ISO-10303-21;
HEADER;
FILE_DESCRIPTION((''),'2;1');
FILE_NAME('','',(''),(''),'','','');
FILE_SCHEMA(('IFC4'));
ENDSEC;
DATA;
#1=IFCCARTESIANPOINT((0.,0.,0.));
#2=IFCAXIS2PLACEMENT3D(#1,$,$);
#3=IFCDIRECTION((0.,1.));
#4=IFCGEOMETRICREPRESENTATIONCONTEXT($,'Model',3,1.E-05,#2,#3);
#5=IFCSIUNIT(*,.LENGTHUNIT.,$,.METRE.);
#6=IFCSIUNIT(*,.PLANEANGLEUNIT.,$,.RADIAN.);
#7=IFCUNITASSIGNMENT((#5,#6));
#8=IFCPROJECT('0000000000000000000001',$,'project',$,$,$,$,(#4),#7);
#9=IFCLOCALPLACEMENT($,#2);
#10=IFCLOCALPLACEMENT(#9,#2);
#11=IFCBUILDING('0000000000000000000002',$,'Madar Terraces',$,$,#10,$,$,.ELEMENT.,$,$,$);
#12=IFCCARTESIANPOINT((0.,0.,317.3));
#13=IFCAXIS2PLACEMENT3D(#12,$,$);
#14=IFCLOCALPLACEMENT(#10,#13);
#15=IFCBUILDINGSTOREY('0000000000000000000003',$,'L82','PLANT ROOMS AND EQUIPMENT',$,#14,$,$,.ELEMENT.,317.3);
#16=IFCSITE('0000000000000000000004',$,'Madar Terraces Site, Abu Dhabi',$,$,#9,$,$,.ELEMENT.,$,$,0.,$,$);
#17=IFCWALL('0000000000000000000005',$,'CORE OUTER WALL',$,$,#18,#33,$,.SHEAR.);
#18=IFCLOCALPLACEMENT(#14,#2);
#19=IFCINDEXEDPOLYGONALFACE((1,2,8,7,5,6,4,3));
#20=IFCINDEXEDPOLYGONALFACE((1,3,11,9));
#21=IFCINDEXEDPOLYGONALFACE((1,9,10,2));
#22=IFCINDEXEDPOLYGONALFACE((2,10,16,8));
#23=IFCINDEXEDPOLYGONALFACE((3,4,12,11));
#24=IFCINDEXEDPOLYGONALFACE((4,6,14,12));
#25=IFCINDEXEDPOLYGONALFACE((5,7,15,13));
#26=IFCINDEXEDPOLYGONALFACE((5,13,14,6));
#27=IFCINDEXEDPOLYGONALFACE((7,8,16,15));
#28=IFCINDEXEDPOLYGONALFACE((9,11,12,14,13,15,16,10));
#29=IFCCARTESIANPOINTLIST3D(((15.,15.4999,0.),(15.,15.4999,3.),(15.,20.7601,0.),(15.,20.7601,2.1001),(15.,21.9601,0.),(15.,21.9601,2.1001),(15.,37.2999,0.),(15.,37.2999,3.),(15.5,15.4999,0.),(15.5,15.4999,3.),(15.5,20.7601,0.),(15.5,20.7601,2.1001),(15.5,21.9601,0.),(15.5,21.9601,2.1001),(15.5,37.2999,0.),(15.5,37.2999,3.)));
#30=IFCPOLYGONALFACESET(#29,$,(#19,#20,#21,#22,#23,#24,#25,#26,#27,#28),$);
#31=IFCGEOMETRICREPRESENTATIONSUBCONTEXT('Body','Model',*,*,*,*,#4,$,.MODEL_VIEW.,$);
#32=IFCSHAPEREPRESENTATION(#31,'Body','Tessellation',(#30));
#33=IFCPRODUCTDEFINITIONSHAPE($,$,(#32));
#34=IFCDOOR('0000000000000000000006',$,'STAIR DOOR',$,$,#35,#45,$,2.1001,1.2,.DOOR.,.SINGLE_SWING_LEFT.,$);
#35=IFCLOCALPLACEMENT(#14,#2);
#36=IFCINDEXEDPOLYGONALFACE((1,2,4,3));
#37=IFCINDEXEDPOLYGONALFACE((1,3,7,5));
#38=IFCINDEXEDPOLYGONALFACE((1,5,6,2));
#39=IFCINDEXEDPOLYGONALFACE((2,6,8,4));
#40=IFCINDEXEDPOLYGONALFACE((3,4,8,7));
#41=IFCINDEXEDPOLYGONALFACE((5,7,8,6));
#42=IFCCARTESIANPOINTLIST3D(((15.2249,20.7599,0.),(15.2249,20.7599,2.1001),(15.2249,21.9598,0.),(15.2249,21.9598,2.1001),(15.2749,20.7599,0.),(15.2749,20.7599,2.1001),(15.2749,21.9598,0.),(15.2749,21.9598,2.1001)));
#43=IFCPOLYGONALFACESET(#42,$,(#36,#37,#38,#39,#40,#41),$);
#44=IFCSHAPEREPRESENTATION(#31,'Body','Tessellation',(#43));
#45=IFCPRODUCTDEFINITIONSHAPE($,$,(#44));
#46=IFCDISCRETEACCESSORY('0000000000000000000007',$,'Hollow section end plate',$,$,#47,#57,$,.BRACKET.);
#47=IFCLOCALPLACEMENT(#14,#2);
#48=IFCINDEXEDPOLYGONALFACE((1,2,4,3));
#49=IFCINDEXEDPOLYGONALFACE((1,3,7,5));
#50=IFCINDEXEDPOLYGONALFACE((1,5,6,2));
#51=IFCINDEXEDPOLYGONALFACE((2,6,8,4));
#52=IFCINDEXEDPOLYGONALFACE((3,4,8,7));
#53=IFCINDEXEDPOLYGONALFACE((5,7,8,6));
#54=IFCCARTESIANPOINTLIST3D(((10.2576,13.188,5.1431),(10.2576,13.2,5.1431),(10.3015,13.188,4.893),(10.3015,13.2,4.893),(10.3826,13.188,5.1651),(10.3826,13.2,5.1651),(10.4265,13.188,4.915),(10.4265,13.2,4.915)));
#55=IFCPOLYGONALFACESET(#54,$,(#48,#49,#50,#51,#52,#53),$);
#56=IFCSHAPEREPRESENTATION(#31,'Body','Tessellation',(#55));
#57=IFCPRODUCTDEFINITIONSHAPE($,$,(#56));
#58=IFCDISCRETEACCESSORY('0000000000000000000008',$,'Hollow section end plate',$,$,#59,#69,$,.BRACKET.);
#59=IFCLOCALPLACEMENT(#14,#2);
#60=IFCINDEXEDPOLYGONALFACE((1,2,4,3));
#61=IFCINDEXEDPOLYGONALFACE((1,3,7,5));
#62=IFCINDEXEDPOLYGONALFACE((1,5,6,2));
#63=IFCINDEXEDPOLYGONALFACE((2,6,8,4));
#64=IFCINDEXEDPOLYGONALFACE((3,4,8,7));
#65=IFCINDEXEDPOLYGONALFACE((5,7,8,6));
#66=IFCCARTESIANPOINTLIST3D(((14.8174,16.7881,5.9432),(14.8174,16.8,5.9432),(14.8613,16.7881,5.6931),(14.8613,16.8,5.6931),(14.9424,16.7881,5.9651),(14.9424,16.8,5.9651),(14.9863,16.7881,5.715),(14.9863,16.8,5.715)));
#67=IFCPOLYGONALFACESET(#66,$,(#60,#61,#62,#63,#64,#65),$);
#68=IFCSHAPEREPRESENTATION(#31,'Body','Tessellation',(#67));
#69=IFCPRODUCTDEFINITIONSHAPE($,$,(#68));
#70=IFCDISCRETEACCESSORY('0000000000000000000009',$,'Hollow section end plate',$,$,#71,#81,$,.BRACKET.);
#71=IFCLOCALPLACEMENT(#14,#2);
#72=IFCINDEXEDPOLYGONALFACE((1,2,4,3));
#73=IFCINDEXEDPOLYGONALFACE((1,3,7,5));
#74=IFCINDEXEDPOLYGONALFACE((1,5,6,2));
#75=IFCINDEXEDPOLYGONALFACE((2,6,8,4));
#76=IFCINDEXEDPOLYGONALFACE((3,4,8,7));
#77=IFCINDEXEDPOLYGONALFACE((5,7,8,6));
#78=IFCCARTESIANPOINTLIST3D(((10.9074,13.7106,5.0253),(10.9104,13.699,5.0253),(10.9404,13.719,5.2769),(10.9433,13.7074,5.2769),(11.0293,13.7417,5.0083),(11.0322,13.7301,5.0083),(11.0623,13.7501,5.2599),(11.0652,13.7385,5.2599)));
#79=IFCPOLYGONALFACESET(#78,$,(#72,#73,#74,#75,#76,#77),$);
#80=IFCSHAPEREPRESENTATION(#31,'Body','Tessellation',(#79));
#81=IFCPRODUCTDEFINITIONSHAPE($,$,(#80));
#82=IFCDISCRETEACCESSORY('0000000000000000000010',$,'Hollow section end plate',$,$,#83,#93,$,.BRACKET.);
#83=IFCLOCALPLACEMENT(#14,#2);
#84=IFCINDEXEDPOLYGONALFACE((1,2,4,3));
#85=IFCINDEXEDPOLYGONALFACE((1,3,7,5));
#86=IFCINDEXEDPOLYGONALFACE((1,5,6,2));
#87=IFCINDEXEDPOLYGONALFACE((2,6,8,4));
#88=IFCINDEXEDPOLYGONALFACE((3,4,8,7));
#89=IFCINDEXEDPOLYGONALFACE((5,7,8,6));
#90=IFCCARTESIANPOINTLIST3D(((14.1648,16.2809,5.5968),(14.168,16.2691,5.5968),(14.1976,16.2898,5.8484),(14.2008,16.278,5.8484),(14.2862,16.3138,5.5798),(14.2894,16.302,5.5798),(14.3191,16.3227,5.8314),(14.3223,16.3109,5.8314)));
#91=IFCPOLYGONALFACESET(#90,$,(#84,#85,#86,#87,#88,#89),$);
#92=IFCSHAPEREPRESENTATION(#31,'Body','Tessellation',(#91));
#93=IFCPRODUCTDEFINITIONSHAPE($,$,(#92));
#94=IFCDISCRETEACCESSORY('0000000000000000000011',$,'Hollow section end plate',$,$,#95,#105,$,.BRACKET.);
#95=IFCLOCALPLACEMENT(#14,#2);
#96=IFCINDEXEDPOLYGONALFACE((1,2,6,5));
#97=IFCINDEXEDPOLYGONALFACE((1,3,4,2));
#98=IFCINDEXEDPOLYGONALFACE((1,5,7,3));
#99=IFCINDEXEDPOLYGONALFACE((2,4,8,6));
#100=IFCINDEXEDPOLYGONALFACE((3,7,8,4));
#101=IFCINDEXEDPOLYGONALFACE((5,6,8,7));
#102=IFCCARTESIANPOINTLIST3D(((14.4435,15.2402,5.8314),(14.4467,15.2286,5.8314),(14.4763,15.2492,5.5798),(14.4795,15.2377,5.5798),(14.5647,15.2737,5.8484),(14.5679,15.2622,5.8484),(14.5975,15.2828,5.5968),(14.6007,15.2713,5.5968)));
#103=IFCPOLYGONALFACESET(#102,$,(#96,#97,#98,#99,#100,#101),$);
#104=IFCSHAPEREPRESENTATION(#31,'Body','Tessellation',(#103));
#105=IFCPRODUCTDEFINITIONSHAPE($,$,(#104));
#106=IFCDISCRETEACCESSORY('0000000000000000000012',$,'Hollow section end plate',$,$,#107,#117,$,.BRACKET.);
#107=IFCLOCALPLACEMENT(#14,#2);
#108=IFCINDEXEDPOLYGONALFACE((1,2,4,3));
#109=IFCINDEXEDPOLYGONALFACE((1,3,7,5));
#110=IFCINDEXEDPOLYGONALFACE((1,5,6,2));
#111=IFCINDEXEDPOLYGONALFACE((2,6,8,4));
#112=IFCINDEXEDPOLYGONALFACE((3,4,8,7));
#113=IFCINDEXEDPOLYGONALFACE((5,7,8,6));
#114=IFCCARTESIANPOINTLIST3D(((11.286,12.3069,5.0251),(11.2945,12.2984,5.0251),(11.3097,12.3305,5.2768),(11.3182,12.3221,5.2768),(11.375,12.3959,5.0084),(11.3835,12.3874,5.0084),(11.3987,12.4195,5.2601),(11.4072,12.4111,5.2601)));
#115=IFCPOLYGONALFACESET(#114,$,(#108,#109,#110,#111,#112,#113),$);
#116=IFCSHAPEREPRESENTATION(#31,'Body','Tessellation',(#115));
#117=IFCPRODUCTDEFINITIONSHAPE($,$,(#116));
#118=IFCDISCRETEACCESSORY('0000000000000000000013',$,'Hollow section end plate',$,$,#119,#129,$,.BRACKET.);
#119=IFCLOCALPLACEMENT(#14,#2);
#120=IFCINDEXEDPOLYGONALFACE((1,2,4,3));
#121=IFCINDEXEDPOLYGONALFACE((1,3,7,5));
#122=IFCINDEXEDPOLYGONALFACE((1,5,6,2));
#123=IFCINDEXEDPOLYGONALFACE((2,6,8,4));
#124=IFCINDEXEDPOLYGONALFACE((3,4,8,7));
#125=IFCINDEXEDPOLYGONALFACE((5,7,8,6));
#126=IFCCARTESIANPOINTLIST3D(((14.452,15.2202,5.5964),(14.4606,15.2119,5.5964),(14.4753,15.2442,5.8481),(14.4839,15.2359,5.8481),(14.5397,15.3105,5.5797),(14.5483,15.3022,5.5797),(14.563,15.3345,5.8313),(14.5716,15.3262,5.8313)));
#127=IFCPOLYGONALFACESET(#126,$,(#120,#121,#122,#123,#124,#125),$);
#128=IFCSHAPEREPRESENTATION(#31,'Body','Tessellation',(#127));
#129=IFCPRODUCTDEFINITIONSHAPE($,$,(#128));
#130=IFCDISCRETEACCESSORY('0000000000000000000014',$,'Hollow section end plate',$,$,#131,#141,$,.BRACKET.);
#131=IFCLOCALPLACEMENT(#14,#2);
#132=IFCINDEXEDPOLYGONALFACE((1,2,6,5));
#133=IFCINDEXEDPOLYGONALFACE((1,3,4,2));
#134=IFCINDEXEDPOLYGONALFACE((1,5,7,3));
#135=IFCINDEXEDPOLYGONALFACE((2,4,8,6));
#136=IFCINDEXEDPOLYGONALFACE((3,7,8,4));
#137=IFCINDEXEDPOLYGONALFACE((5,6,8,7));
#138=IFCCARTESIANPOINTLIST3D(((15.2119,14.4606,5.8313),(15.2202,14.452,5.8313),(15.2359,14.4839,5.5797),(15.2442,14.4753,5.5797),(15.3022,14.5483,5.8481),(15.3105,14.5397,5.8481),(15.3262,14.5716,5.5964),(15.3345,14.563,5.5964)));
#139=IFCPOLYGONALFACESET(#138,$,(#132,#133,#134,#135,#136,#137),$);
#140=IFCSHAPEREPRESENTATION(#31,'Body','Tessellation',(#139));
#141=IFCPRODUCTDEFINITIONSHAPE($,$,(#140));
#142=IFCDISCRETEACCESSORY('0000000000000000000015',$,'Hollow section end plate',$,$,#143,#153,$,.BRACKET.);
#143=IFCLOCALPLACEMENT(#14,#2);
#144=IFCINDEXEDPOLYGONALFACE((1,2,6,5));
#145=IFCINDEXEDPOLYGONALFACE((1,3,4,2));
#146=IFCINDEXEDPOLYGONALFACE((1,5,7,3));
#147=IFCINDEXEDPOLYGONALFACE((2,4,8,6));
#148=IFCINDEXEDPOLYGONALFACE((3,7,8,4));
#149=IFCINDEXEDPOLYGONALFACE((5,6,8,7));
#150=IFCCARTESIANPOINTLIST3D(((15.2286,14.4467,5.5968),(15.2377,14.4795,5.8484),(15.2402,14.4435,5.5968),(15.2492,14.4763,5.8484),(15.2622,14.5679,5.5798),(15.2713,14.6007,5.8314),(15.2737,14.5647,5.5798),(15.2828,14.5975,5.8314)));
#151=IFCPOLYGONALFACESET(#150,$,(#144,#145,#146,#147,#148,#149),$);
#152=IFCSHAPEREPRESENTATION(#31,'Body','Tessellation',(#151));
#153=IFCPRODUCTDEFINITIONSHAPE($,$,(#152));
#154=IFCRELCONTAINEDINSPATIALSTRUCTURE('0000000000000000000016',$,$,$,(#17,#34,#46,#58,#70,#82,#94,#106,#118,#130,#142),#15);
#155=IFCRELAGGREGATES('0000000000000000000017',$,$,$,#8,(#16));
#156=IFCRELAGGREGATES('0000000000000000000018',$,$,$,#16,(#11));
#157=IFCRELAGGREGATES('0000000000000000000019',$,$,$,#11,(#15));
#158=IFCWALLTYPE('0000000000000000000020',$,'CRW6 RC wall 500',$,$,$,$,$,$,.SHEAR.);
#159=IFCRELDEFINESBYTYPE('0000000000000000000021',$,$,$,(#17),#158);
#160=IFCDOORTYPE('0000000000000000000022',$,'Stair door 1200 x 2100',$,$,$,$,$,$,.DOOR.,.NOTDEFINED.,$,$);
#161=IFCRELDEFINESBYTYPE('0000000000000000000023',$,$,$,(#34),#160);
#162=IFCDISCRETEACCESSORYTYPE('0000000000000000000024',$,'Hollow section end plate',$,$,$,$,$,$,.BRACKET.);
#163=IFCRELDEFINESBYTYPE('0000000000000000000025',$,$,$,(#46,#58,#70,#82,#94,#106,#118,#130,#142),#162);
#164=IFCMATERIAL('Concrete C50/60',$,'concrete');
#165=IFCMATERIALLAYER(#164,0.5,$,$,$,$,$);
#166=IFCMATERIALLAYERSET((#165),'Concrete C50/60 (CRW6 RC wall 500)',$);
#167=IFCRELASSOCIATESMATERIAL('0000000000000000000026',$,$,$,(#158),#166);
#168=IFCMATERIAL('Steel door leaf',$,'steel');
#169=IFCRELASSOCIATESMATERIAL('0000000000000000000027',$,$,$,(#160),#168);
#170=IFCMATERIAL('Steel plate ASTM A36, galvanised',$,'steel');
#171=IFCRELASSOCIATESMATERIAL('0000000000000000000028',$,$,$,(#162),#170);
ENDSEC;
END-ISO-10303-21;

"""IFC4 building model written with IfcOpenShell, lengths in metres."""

from ifc_helpers import new_model, si_unit, direction, frame, frame_2d, origin, origin_2d, place, context, subcontext, project, spatial, rectangle, extrude, material, layer, layer_set, type_object, element, fill, save


model = new_model("IFC4")

# Units and contexts
model_context = context("Model", 3, precision=1e-05, world=origin(), true_north=direction((0.0, 1.0)))
body_context = subcontext(model_context, "Body", "Model", "MODEL_VIEW")
ifc_project = project(units=[si_unit("LENGTHUNIT", "METRE"), si_unit("PLANEANGLEUNIT", "RADIAN")], contexts=[model_context])

# Site, building, storey
site_placement = place(None, origin())
site = spatial("IfcSite", under=ifc_project, at=site_placement, Name="Madar Terraces Site, Abu Dhabi", CompositionType="ELEMENT", RefElevation=0.0)
building_placement = place(site_placement, origin())
building = spatial("IfcBuilding", under=site, at=building_placement, Name="Madar Terraces", CompositionType="ELEMENT")
storey_placement = place(building_placement, frame((0.0, 0.0, 317.3)))
storey = spatial("IfcBuildingStorey", under=building, at=storey_placement, Name="L82", Description="PLANT ROOMS AND EQUIPMENT", CompositionType="ELEMENT", Elevation=317.3)

# Wall, opening, door
ifc_material_1 = material(Name="Concrete C50/60", Category="concrete")
ifc_layer = layer(ifc_material_1, 0.5)
ifc_layer_set = layer_set([ifc_layer], Name="Concrete C50/60 (CRW6 RC wall 500)")
wall_type = type_object("IfcWallType", Name="CRW6 RC wall 500", PredefinedType="SHEAR", material=ifc_layer_set)
wall_1_placement = place(storey_placement, frame((15.25, 15.5, 0.0), z_axis=(0.0, 0.0, 1.0), x_axis=(0.0, 1.0, 0.0)))
wall_1 = element("IfcWall", 1, at=wall_1_placement, inside=storey, type_object=wall_type, Name="CORE OUTER WALL", PredefinedType="SHEAR", context=body_context, shape_type="SweptSolid", body=[
    extrude(rectangle(XDim=21.8, YDim=0.5, at=frame_2d((10.8999, 0.0))), origin(), (0.0, 0.0, 1.0), 3.0),
])
opening_1_placement = place(wall_1_placement, frame((5.26, 0.0, 0.0)))
opening_1 = element("IfcOpeningElement", 2, at=opening_1_placement, cuts=wall_1, PredefinedType="OPENING", context=body_context, shape_type="SweptSolid", body=[
    extrude(rectangle(XDim=1.2, YDim=2.1001, at=frame_2d((0.6001, 1.05))), frame((0.0, 0.26, 0.0), z_axis=(0.0, -1.0, 0.0), x_axis=(1.0, 0.0, 0.0)), (0.0, 0.0, 1.0), 0.52),
])
ifc_material_2 = material(Name="Steel door leaf", Category="steel")
door_type_1 = type_object("IfcDoorType", Name="Stair door 1200 x 2100", OperationType="NOTDEFINED", PredefinedType="DOOR", material=ifc_material_2)
door_1_placement = place(opening_1_placement, frame((1.2, 0.0, 0.0), z_axis=(0.0, 0.0, 1.0), x_axis=(-1.0, 0.0, 0.0)))
door_1 = element("IfcDoor", 3, at=door_1_placement, inside=storey, type_object=door_type_1, Name="STAIR DOOR", OperationType="SINGLE_SWING_LEFT", OverallHeight=2.1001, OverallWidth=1.2, PredefinedType="DOOR", context=body_context, shape_type="SweptSolid", body=[
    extrude(rectangle(XDim=1.2, YDim=2.1001, at=frame_2d((0.6001, 1.05))), frame((0.0, 0.0249, 0.0), z_axis=(0.0, -1.0, 0.0), x_axis=(1.0, 0.0, 0.0)), (0.0, 0.0, 1.0), 0.05),
])
fill(opening_1, door_1)

# Discrete accessories
ifc_material_3 = material(Name="Steel plate ASTM A36, galvanised", Category="steel")
discrete_accessory_type = type_object("IfcDiscreteAccessoryType", Name="Hollow section end plate", PredefinedType="BRACKET", material=ifc_material_3)
for number, where, z_axis, x_axis, name in (
    (4, (10.342, 13.2, 5.0291), (0.0, -1.0, 0.0), (0.984957, 0.0, 0.172799), "Hollow section end plate"),
    (5, (14.9019, 16.8, 5.8291), (0.0, -1.0, 0.0), (0.984957, 0.0, 0.172799), "Hollow section end plate"),
    (6, (10.9878, 13.7188, 5.1426), (-0.247383, 0.968918, 0.0), (-0.960168, -0.245149, 0.134086), "Hollow section end plate"),
):
    element("IfcDiscreteAccessory", number, at=place(storey_placement, frame(where, z_axis=z_axis, x_axis=x_axis)), inside=storey, type_object=discrete_accessory_type, Name=name, PredefinedType="BRACKET", context=body_context, shape_type="SweptSolid", body=[
        extrude(rectangle(XDim=0.127, YDim=0.2539, at=origin_2d()), origin(), (0.0, 0.0, 1.0), 0.012),
    ])
discrete_accessory_placement = place(storey_placement, frame((14.2451, 16.29, 5.7141), z_axis=(-0.261415, 0.965226, 0.0), x_axis=(-0.95651, -0.259055, 0.134086)))
element("IfcDiscreteAccessory", 7, at=discrete_accessory_placement, inside=storey, type_object=discrete_accessory_type, Name="Hollow section end plate", PredefinedType="BRACKET", context=body_context, shape_type="SweptSolid", body=[
    extrude(rectangle(XDim=0.127, YDim=0.2539, at=origin_2d()), origin(), (0.0, 0.0, 1.0), 0.0122),
])
for number, where, z_axis, x_axis, name in (
    (8, (14.5205, 15.2615, 5.7141), (0.266586, -0.963811, 0.0), (0.955108, 0.264179, 0.134086), "Hollow section end plate"),
    (9, (11.3508, 12.3547, 5.1426), (-0.707107, 0.707107, 0.0), (-0.700941, -0.700941, 0.131765), "Hollow section end plate"),
    (10, (14.5161, 15.269, 5.7139), (-0.717279, 0.696786, 0.0), (-0.69071, -0.711025, 0.131765), "Hollow section end plate"),
    (11, (15.269, 14.5161, 5.7139), (0.696786, -0.717279, 0.0), (0.711025, 0.69071, 0.131765), "Hollow section end plate"),
    (12, (15.2615, 14.5205, 5.7141), (-0.963811, 0.266586, 0.0), (-0.264179, -0.955108, 0.134086), "Hollow section end plate"),
):
    element("IfcDiscreteAccessory", number, at=place(storey_placement, frame(where, z_axis=z_axis, x_axis=x_axis)), inside=storey, type_object=discrete_accessory_type, Name=name, PredefinedType="BRACKET", context=body_context, shape_type="SweptSolid", body=[
        extrude(rectangle(XDim=0.127, YDim=0.2539, at=origin_2d()), origin(), (0.0, 0.0, 1.0), 0.012),
    ])

save(model, "model.ifc")
